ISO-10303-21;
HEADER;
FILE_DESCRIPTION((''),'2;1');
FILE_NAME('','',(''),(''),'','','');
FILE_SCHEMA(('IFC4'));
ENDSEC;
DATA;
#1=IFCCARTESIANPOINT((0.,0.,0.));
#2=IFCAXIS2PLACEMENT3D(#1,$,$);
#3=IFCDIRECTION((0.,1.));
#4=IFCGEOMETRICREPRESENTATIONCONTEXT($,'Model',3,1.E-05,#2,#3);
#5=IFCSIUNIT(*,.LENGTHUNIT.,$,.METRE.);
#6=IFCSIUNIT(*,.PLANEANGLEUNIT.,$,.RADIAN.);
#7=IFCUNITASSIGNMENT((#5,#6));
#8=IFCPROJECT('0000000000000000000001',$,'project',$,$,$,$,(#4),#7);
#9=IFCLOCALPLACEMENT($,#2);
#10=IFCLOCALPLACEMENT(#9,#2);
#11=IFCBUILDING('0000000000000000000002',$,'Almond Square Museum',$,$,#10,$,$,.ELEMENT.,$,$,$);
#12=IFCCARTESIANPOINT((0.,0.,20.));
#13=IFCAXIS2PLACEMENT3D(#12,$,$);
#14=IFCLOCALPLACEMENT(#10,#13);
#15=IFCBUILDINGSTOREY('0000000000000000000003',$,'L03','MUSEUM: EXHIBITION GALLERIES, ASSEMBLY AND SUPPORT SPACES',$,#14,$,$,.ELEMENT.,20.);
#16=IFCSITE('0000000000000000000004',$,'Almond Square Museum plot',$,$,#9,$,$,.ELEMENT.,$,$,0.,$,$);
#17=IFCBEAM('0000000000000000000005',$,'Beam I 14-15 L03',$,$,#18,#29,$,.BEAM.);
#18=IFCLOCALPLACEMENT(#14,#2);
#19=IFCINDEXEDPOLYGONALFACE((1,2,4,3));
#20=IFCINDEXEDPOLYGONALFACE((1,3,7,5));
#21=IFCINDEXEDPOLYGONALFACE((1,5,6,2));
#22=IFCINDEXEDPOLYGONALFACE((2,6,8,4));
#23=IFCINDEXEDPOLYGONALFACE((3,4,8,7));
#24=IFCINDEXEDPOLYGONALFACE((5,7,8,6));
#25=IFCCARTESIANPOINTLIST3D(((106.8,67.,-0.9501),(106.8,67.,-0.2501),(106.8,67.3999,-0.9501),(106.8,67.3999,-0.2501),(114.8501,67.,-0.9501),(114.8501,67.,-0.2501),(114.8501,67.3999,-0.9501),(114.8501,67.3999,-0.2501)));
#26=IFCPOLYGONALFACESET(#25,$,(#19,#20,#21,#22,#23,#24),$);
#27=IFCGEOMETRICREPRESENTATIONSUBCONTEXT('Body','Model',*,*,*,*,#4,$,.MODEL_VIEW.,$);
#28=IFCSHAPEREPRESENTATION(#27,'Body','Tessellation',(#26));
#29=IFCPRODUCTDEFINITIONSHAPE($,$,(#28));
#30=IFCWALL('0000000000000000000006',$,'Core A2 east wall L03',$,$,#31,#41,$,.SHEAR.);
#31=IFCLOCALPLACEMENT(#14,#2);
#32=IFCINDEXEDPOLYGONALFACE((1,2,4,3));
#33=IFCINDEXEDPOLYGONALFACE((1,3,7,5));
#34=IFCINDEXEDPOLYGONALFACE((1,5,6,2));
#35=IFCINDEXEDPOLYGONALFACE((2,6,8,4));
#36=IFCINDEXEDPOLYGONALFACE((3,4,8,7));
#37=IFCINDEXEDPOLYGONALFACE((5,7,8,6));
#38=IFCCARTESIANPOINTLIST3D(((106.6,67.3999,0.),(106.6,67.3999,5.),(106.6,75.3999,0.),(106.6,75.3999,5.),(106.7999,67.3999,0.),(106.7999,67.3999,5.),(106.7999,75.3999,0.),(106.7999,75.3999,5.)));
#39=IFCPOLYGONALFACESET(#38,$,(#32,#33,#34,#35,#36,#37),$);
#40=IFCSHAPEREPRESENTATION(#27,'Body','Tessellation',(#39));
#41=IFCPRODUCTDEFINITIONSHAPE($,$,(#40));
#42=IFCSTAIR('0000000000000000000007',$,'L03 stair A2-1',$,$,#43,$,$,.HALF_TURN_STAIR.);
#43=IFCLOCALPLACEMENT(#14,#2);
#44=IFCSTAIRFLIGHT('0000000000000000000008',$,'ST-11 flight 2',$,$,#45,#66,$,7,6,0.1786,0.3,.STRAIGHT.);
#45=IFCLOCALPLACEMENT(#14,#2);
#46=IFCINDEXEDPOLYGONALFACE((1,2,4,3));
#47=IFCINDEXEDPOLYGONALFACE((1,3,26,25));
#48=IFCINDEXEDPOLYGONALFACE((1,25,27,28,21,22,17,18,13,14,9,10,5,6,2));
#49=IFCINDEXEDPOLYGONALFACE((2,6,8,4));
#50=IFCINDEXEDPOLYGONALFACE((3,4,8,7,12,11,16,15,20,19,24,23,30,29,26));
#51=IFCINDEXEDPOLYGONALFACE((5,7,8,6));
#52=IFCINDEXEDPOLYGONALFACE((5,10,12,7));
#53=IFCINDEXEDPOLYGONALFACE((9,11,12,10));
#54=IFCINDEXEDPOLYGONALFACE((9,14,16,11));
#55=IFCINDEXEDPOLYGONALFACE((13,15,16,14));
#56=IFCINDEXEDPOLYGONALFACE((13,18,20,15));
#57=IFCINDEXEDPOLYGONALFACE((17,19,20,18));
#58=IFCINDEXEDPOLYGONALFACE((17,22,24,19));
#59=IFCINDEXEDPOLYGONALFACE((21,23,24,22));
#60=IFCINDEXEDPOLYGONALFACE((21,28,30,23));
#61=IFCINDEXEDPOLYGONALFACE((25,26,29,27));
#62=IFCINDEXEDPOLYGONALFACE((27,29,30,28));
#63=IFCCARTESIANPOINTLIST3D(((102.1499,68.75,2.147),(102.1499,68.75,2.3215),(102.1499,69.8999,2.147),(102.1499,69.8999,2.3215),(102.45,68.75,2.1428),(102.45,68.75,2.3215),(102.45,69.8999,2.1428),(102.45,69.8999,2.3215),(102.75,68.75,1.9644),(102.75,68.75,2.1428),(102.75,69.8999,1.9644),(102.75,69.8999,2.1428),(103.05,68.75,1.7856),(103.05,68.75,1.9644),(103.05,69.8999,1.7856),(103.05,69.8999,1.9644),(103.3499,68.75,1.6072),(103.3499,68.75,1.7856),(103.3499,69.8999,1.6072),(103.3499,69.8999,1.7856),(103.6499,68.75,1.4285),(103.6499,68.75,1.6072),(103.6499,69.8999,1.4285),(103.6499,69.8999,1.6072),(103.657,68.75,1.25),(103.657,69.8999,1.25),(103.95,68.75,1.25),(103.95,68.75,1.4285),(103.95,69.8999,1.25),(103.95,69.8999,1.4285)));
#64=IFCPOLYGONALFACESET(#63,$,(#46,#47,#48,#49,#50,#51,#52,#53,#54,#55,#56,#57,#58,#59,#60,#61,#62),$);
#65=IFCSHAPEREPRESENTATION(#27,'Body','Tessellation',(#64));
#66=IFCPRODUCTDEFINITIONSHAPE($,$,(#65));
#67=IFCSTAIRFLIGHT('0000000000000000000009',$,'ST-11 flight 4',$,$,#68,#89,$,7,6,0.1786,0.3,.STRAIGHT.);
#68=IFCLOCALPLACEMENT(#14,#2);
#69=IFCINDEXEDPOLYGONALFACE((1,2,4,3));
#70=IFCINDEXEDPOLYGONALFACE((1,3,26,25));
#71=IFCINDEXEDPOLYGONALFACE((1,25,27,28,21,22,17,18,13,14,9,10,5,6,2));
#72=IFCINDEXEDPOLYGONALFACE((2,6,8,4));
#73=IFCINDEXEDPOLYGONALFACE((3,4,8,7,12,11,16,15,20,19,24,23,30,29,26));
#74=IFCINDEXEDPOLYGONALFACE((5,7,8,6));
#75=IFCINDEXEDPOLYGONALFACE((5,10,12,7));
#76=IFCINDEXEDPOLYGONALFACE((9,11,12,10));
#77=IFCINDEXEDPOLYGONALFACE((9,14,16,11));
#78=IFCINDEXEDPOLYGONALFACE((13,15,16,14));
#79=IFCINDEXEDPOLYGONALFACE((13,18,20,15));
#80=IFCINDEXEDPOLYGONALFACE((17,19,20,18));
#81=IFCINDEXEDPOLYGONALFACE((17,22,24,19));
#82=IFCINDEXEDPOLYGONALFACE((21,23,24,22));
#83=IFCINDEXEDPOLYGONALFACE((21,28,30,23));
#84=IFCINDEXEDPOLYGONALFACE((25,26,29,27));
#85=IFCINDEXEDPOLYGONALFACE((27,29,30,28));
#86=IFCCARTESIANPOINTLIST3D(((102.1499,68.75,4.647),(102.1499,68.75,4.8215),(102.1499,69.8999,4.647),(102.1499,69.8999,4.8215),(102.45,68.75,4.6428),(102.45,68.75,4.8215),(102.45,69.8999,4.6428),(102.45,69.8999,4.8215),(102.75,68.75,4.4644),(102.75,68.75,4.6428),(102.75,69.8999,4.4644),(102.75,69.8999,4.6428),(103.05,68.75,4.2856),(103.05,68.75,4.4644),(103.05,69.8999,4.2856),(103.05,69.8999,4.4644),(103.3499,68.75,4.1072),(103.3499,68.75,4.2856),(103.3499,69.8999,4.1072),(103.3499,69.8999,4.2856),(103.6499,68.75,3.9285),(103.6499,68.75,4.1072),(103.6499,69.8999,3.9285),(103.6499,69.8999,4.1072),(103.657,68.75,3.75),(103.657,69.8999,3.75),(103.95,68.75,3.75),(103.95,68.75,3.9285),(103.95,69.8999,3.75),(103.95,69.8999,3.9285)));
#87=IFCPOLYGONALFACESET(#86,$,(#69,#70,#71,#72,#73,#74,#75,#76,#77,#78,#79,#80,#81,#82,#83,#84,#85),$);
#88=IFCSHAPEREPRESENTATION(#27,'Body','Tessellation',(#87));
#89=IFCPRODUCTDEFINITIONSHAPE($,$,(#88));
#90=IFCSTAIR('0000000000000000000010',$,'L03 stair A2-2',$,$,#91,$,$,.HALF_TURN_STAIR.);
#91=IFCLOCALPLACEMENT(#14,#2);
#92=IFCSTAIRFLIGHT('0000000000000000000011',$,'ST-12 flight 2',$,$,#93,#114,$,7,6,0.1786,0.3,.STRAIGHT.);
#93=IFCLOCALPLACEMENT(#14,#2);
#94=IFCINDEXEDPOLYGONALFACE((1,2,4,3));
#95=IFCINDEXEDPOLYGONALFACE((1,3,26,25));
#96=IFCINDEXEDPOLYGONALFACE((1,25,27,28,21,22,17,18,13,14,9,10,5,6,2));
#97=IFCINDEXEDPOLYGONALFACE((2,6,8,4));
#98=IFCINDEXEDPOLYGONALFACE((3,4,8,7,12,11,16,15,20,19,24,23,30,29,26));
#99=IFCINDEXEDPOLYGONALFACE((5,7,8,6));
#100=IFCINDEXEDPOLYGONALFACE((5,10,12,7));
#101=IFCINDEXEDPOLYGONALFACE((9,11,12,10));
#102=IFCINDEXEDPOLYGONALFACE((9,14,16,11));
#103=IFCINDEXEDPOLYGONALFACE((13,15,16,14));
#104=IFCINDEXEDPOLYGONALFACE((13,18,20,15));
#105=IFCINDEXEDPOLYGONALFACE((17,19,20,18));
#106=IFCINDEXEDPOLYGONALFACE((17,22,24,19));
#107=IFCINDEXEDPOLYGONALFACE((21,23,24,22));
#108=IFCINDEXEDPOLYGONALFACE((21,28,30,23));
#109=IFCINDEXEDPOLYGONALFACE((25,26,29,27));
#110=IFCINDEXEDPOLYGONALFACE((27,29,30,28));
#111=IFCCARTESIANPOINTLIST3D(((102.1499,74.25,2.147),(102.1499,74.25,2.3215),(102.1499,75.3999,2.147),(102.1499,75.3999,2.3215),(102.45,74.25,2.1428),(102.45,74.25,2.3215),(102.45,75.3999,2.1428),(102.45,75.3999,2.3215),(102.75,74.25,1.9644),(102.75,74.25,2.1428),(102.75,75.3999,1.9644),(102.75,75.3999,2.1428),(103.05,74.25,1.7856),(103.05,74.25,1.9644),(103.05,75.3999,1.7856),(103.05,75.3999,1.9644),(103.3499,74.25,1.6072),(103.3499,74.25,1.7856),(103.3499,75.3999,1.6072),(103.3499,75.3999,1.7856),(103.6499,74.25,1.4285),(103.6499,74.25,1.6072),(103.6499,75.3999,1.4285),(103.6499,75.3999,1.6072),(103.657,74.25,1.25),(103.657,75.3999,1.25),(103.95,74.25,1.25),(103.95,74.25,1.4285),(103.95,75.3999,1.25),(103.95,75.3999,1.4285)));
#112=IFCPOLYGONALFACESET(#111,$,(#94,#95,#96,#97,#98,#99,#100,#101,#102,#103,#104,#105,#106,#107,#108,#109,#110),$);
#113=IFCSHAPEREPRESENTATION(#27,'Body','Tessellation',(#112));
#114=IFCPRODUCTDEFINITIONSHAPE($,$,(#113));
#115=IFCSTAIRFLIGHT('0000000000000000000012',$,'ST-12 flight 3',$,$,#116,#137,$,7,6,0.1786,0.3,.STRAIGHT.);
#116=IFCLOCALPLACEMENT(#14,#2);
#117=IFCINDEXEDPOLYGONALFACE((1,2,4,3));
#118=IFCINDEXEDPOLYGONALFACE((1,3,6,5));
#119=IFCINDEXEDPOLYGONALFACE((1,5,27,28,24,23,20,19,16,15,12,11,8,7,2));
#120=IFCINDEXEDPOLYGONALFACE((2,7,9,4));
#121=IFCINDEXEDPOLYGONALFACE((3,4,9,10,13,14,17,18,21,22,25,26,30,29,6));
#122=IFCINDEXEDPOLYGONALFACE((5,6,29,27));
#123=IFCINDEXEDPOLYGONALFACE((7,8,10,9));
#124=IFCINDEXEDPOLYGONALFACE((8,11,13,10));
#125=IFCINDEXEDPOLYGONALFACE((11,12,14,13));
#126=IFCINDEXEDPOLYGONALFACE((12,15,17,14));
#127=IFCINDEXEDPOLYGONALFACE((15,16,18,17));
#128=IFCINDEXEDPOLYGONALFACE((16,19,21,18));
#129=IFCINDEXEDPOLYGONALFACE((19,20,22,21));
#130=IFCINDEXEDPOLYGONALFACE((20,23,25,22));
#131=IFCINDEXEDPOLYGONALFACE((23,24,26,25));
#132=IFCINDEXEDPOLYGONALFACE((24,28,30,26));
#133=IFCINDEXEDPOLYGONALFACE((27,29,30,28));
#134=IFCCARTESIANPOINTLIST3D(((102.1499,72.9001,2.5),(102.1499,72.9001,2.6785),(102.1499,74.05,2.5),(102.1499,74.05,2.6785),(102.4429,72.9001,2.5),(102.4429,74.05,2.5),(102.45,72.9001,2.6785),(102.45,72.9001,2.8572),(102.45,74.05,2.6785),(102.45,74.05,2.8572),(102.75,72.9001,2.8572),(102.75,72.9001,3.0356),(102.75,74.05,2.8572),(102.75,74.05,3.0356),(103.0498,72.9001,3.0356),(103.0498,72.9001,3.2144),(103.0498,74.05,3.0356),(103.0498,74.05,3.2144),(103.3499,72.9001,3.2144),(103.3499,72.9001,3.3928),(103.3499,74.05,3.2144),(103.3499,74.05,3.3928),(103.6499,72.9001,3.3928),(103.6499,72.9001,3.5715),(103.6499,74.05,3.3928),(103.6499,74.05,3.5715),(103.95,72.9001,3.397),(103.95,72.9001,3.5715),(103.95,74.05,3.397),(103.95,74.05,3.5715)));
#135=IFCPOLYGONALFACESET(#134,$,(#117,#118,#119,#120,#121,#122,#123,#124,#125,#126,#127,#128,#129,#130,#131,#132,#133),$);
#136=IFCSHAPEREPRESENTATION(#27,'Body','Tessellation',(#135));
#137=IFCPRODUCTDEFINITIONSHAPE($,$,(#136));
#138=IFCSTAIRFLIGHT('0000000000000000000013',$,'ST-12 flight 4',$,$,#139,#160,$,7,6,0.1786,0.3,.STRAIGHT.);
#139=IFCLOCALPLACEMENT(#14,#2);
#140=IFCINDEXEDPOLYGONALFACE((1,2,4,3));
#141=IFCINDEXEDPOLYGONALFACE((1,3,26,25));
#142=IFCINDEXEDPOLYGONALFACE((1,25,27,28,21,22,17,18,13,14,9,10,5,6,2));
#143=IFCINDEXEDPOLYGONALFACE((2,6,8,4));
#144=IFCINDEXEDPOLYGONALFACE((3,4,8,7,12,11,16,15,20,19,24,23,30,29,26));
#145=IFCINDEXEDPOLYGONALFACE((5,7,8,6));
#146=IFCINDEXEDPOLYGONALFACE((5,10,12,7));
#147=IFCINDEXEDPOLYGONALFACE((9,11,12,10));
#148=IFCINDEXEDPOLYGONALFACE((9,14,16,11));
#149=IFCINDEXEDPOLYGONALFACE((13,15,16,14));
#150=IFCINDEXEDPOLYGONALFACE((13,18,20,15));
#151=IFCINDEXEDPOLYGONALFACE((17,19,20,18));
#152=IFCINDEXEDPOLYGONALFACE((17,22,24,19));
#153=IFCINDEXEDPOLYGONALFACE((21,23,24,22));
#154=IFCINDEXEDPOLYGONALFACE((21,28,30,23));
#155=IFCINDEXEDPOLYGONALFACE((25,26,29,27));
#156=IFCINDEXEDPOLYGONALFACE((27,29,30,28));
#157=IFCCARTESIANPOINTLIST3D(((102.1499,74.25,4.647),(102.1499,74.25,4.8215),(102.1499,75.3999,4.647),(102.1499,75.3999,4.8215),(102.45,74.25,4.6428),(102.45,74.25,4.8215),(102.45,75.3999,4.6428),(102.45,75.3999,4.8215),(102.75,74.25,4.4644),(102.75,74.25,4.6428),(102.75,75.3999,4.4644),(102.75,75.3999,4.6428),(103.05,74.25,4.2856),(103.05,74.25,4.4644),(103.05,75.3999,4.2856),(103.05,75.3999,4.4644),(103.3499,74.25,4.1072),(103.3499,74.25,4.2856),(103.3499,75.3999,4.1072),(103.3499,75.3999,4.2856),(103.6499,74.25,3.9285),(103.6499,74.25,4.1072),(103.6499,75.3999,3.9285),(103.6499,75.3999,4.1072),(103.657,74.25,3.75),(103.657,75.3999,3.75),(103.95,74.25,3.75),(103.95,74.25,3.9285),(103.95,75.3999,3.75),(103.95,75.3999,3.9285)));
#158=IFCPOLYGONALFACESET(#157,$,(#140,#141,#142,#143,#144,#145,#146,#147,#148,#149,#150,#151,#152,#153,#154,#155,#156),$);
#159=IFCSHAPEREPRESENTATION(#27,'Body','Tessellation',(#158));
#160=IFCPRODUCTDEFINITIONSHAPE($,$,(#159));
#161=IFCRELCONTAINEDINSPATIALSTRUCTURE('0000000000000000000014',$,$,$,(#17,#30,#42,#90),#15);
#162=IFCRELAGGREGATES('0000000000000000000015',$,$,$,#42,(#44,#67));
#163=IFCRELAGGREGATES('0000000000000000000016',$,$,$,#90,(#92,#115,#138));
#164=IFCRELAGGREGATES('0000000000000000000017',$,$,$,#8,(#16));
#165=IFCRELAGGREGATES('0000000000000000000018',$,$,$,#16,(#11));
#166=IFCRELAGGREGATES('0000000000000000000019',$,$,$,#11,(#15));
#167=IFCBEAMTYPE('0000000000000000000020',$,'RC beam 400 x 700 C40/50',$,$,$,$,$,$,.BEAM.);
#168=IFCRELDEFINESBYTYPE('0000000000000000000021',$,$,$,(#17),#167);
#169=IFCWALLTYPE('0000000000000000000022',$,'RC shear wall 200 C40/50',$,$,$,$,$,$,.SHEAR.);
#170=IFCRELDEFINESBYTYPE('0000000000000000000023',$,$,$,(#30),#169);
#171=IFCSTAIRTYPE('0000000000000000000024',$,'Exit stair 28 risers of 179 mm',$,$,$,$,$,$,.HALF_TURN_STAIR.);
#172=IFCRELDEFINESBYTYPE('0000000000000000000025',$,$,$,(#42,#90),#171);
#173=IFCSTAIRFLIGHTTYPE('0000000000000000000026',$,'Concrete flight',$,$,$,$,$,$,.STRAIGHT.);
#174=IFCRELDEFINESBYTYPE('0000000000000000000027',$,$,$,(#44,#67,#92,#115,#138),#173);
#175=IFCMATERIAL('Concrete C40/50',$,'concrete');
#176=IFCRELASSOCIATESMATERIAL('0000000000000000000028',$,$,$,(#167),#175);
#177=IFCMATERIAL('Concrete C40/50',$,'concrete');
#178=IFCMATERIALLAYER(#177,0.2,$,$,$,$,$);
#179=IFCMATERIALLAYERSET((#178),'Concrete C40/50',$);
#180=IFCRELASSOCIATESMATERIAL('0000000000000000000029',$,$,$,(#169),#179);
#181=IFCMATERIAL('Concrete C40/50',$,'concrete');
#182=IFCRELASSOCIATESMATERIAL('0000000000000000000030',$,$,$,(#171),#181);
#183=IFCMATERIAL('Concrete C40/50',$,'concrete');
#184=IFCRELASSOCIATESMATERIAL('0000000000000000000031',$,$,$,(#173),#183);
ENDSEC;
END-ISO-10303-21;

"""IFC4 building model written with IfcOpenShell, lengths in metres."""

from ifc_helpers import new_model, si_unit, direction, frame, frame_2d, origin, origin_2d, place, context, subcontext, project, spatial, polyline, rectangle, outline, extrude, material, layer, layer_set, material_profile, profile_set, type_object, element, aggregate, save


model = new_model("IFC4")

# Units and contexts
model_context = context("Model", 3, precision=1e-05, world=origin(), true_north=direction((0.0, 1.0)))
body_context = subcontext(model_context, "Body", "Model", "MODEL_VIEW")
ifc_project = project(units=[si_unit("LENGTHUNIT", "METRE"), si_unit("PLANEANGLEUNIT", "RADIAN")], contexts=[model_context])

# Site, building, storey
site_placement = place(None, origin())
site = spatial("IfcSite", under=ifc_project, at=site_placement, Name="Almond Square Museum plot", CompositionType="ELEMENT", RefElevation=0.0)
building_placement = place(site_placement, origin())
building = spatial("IfcBuilding", under=site, at=building_placement, Name="Almond Square Museum", CompositionType="ELEMENT")
storey_placement = place(building_placement, frame((0.0, 0.0, 20.0)))
storey = spatial("IfcBuildingStorey", under=building, at=storey_placement, Name="L03", Description="MUSEUM: EXHIBITION GALLERIES, ASSEMBLY AND SUPPORT SPACES", CompositionType="ELEMENT", Elevation=20.0)

# Beam
ifc_material_1 = material(Name="Concrete C40/50", Category="concrete")
ifc_material_profile = material_profile(ifc_material_1, rectangle(XDim=0.3999, YDim=0.7, at=origin_2d()))
ifc_profile_set = profile_set([ifc_material_profile], Name="Concrete C40/50")
beam_type = type_object("IfcBeamType", Name="RC beam 400 x 700 C40/50", PredefinedType="BEAM", material=ifc_profile_set)
beam_placement = place(storey_placement, frame((106.8, 67.2, -0.6001), z_axis=(1.0, 0.0, 0.0), x_axis=(0.0, 1.0, 0.0)))
element("IfcBeam", 1, at=beam_placement, inside=storey, type_object=beam_type, Name="Beam I 14-15 L03", PredefinedType="BEAM", context=body_context, shape_type="SweptSolid", body=[
    extrude(rectangle(XDim=0.3999, YDim=0.7, at=origin_2d()), origin(), (0.0, 0.0, 1.0), 8.05),
])

# Wall
ifc_material_2 = material(Name="Concrete C40/50", Category="concrete")
ifc_layer = layer(ifc_material_2, 0.2)
ifc_layer_set = layer_set([ifc_layer], Name="Concrete C40/50")
wall_type = type_object("IfcWallType", Name="RC shear wall 200 C40/50", PredefinedType="SHEAR", material=ifc_layer_set)
wall_placement = place(storey_placement, frame((106.7, 67.3999, 0.0), z_axis=(0.0, 0.0, 1.0), x_axis=(0.0, 1.0, 0.0)))
element("IfcWall", 2, at=wall_placement, inside=storey, type_object=wall_type, Name="Core A2 east wall L03", PredefinedType="SHEAR", context=body_context, shape_type="SweptSolid", body=[
    extrude(rectangle(XDim=8.0, YDim=0.2, at=frame_2d((4.0, 0.0))), origin(), (0.0, 0.0, 1.0), 5.0),
])

# Stairs, stair flights
ifc_material_3 = material(Name="Concrete C40/50", Category="concrete")
stair_type = type_object("IfcStairType", Name="Exit stair 28 risers of 179 mm", PredefinedType="HALF_TURN_STAIR", material=ifc_material_3)
stair_1_placement = place(storey_placement, origin())
stair_1 = element("IfcStair", 3, at=stair_1_placement, inside=storey, type_object=stair_type, Name="L03 stair A2-1", PredefinedType="HALF_TURN_STAIR")
ifc_material_4 = material(Name="Concrete C40/50", Category="concrete")
stair_flight_type = type_object("IfcStairFlightType", Name="Concrete flight", PredefinedType="STRAIGHT", material=ifc_material_4)
stair_flight_1_placement = place(storey_placement, frame((103.95, 69.325, 1.25), z_axis=(0.0, 0.0, 1.0), x_axis=(-1.0, 0.0, 0.0)))
stair_flight_1 = element("IfcStairFlight", 4, at=stair_flight_1_placement, type_object=stair_flight_type, Name="ST-11 flight 2", NumberOfRisers=7, NumberOfTreads=6, PredefinedType="STRAIGHT", RiserHeight=0.1786, TreadLength=0.3, context=body_context, shape_type="SweptSolid", body=[
    extrude(outline(polyline([(0.0, 0.0), (0.0, 0.1785), (0.3, 0.1785), (0.3, 0.3572), (0.6001, 0.3572), (0.6001, 0.5356), (0.8999, 0.5356), (0.8999, 0.7144), (1.2, 0.7144), (1.2, 0.8928), (1.5, 0.8928), (1.5, 1.0715), (1.8, 1.0715), (1.8, 1.25), (1.8, 0.897), (0.293, 0.0), (0.0, 0.0)])), frame((0.0, 0.575, 0.0), z_axis=(0.0, -1.0, 0.0), x_axis=(1.0, 0.0, 0.0)), (0.0, 0.0, 1.0), 1.1499),
])
stair_flight_2_placement = place(storey_placement, frame((103.95, 69.325, 3.75), z_axis=(0.0, 0.0, 1.0), x_axis=(-1.0, 0.0, 0.0)))
stair_flight_2 = element("IfcStairFlight", 5, at=stair_flight_2_placement, type_object=stair_flight_type, Name="ST-11 flight 4", NumberOfRisers=7, NumberOfTreads=6, PredefinedType="STRAIGHT", RiserHeight=0.1786, TreadLength=0.3, context=body_context, shape_type="SweptSolid", body=[
    extrude(outline(polyline([(0.0, 0.0), (0.0, 0.1785), (0.3, 0.1785), (0.3, 0.3572), (0.6001, 0.3572), (0.6001, 0.5356), (0.8999, 0.5356), (0.8999, 0.7144), (1.2, 0.7144), (1.2, 0.8928), (1.5, 0.8928), (1.5, 1.0715), (1.8, 1.0715), (1.8, 1.25), (1.8, 0.897), (0.293, 0.0), (0.0, 0.0)])), frame((0.0, 0.575, 0.0), z_axis=(0.0, -1.0, 0.0), x_axis=(1.0, 0.0, 0.0)), (0.0, 0.0, 1.0), 1.1499),
])
aggregate(stair_1, [stair_flight_1, stair_flight_2])
stair_2_placement = place(storey_placement, origin())
stair_2 = element("IfcStair", 6, at=stair_2_placement, inside=storey, type_object=stair_type, Name="L03 stair A2-2", PredefinedType="HALF_TURN_STAIR")
stair_flight_3_placement = place(storey_placement, frame((103.95, 74.825, 1.25), z_axis=(0.0, 0.0, 1.0), x_axis=(-1.0, 0.0, 0.0)))
stair_flight_3 = element("IfcStairFlight", 7, at=stair_flight_3_placement, type_object=stair_flight_type, Name="ST-12 flight 2", NumberOfRisers=7, NumberOfTreads=6, PredefinedType="STRAIGHT", RiserHeight=0.1786, TreadLength=0.3, context=body_context, shape_type="SweptSolid", body=[
    extrude(outline(polyline([(0.0, 0.0), (0.0, 0.1785), (0.3, 0.1785), (0.3, 0.3572), (0.6001, 0.3572), (0.6001, 0.5356), (0.8999, 0.5356), (0.8999, 0.7144), (1.2, 0.7144), (1.2, 0.8928), (1.5, 0.8928), (1.5, 1.0715), (1.8, 1.0715), (1.8, 1.25), (1.8, 0.897), (0.293, 0.0), (0.0, 0.0)])), frame((0.0, 0.575, 0.0), z_axis=(0.0, -1.0, 0.0), x_axis=(1.0, 0.0, 0.0)), (0.0, 0.0, 1.0), 1.1499),
])
stair_flight_4_placement = place(storey_placement, frame((102.1499, 73.4751, 2.5), z_axis=(0.0, 0.0, 1.0), x_axis=(1.0, 0.0, 0.0)))
stair_flight_4 = element("IfcStairFlight", 8, at=stair_flight_4_placement, type_object=stair_flight_type, Name="ST-12 flight 3", NumberOfRisers=7, NumberOfTreads=6, PredefinedType="STRAIGHT", RiserHeight=0.1786, TreadLength=0.3, context=body_context, shape_type="SweptSolid", body=[
    extrude(outline(polyline([(0.0, 0.0), (0.0, 0.1785), (0.3, 0.1785), (0.3, 0.3572), (0.6001, 0.3572), (0.6001, 0.5356), (0.8999, 0.5356), (0.8999, 0.7144), (1.2, 0.7144), (1.2, 0.8928), (1.5, 0.8928), (1.5, 1.0715), (1.8, 1.0715), (1.8, 1.25), (1.8, 0.897), (0.293, 0.0), (0.0, 0.0)])), frame((0.0, 0.575, 0.0), z_axis=(0.0, -1.0, 0.0), x_axis=(1.0, 0.0, 0.0)), (0.0, 0.0, 1.0), 1.1499),
])
stair_flight_5_placement = place(storey_placement, frame((103.95, 74.825, 3.75), z_axis=(0.0, 0.0, 1.0), x_axis=(-1.0, 0.0, 0.0)))
stair_flight_5 = element("IfcStairFlight", 9, at=stair_flight_5_placement, type_object=stair_flight_type, Name="ST-12 flight 4", NumberOfRisers=7, NumberOfTreads=6, PredefinedType="STRAIGHT", RiserHeight=0.1786, TreadLength=0.3, context=body_context, shape_type="SweptSolid", body=[
    extrude(outline(polyline([(0.0, 0.0), (0.0, 0.1785), (0.3, 0.1785), (0.3, 0.3572), (0.6001, 0.3572), (0.6001, 0.5356), (0.8999, 0.5356), (0.8999, 0.7144), (1.2, 0.7144), (1.2, 0.8928), (1.5, 0.8928), (1.5, 1.0715), (1.8, 1.0715), (1.8, 1.25), (1.8, 0.897), (0.293, 0.0), (0.0, 0.0)])), frame((0.0, 0.575, 0.0), z_axis=(0.0, -1.0, 0.0), x_axis=(1.0, 0.0, 0.0)), (0.0, 0.0, 1.0), 1.1499),
])
aggregate(stair_2, [stair_flight_3, stair_flight_4, stair_flight_5])

save(model, "model.ifc")
